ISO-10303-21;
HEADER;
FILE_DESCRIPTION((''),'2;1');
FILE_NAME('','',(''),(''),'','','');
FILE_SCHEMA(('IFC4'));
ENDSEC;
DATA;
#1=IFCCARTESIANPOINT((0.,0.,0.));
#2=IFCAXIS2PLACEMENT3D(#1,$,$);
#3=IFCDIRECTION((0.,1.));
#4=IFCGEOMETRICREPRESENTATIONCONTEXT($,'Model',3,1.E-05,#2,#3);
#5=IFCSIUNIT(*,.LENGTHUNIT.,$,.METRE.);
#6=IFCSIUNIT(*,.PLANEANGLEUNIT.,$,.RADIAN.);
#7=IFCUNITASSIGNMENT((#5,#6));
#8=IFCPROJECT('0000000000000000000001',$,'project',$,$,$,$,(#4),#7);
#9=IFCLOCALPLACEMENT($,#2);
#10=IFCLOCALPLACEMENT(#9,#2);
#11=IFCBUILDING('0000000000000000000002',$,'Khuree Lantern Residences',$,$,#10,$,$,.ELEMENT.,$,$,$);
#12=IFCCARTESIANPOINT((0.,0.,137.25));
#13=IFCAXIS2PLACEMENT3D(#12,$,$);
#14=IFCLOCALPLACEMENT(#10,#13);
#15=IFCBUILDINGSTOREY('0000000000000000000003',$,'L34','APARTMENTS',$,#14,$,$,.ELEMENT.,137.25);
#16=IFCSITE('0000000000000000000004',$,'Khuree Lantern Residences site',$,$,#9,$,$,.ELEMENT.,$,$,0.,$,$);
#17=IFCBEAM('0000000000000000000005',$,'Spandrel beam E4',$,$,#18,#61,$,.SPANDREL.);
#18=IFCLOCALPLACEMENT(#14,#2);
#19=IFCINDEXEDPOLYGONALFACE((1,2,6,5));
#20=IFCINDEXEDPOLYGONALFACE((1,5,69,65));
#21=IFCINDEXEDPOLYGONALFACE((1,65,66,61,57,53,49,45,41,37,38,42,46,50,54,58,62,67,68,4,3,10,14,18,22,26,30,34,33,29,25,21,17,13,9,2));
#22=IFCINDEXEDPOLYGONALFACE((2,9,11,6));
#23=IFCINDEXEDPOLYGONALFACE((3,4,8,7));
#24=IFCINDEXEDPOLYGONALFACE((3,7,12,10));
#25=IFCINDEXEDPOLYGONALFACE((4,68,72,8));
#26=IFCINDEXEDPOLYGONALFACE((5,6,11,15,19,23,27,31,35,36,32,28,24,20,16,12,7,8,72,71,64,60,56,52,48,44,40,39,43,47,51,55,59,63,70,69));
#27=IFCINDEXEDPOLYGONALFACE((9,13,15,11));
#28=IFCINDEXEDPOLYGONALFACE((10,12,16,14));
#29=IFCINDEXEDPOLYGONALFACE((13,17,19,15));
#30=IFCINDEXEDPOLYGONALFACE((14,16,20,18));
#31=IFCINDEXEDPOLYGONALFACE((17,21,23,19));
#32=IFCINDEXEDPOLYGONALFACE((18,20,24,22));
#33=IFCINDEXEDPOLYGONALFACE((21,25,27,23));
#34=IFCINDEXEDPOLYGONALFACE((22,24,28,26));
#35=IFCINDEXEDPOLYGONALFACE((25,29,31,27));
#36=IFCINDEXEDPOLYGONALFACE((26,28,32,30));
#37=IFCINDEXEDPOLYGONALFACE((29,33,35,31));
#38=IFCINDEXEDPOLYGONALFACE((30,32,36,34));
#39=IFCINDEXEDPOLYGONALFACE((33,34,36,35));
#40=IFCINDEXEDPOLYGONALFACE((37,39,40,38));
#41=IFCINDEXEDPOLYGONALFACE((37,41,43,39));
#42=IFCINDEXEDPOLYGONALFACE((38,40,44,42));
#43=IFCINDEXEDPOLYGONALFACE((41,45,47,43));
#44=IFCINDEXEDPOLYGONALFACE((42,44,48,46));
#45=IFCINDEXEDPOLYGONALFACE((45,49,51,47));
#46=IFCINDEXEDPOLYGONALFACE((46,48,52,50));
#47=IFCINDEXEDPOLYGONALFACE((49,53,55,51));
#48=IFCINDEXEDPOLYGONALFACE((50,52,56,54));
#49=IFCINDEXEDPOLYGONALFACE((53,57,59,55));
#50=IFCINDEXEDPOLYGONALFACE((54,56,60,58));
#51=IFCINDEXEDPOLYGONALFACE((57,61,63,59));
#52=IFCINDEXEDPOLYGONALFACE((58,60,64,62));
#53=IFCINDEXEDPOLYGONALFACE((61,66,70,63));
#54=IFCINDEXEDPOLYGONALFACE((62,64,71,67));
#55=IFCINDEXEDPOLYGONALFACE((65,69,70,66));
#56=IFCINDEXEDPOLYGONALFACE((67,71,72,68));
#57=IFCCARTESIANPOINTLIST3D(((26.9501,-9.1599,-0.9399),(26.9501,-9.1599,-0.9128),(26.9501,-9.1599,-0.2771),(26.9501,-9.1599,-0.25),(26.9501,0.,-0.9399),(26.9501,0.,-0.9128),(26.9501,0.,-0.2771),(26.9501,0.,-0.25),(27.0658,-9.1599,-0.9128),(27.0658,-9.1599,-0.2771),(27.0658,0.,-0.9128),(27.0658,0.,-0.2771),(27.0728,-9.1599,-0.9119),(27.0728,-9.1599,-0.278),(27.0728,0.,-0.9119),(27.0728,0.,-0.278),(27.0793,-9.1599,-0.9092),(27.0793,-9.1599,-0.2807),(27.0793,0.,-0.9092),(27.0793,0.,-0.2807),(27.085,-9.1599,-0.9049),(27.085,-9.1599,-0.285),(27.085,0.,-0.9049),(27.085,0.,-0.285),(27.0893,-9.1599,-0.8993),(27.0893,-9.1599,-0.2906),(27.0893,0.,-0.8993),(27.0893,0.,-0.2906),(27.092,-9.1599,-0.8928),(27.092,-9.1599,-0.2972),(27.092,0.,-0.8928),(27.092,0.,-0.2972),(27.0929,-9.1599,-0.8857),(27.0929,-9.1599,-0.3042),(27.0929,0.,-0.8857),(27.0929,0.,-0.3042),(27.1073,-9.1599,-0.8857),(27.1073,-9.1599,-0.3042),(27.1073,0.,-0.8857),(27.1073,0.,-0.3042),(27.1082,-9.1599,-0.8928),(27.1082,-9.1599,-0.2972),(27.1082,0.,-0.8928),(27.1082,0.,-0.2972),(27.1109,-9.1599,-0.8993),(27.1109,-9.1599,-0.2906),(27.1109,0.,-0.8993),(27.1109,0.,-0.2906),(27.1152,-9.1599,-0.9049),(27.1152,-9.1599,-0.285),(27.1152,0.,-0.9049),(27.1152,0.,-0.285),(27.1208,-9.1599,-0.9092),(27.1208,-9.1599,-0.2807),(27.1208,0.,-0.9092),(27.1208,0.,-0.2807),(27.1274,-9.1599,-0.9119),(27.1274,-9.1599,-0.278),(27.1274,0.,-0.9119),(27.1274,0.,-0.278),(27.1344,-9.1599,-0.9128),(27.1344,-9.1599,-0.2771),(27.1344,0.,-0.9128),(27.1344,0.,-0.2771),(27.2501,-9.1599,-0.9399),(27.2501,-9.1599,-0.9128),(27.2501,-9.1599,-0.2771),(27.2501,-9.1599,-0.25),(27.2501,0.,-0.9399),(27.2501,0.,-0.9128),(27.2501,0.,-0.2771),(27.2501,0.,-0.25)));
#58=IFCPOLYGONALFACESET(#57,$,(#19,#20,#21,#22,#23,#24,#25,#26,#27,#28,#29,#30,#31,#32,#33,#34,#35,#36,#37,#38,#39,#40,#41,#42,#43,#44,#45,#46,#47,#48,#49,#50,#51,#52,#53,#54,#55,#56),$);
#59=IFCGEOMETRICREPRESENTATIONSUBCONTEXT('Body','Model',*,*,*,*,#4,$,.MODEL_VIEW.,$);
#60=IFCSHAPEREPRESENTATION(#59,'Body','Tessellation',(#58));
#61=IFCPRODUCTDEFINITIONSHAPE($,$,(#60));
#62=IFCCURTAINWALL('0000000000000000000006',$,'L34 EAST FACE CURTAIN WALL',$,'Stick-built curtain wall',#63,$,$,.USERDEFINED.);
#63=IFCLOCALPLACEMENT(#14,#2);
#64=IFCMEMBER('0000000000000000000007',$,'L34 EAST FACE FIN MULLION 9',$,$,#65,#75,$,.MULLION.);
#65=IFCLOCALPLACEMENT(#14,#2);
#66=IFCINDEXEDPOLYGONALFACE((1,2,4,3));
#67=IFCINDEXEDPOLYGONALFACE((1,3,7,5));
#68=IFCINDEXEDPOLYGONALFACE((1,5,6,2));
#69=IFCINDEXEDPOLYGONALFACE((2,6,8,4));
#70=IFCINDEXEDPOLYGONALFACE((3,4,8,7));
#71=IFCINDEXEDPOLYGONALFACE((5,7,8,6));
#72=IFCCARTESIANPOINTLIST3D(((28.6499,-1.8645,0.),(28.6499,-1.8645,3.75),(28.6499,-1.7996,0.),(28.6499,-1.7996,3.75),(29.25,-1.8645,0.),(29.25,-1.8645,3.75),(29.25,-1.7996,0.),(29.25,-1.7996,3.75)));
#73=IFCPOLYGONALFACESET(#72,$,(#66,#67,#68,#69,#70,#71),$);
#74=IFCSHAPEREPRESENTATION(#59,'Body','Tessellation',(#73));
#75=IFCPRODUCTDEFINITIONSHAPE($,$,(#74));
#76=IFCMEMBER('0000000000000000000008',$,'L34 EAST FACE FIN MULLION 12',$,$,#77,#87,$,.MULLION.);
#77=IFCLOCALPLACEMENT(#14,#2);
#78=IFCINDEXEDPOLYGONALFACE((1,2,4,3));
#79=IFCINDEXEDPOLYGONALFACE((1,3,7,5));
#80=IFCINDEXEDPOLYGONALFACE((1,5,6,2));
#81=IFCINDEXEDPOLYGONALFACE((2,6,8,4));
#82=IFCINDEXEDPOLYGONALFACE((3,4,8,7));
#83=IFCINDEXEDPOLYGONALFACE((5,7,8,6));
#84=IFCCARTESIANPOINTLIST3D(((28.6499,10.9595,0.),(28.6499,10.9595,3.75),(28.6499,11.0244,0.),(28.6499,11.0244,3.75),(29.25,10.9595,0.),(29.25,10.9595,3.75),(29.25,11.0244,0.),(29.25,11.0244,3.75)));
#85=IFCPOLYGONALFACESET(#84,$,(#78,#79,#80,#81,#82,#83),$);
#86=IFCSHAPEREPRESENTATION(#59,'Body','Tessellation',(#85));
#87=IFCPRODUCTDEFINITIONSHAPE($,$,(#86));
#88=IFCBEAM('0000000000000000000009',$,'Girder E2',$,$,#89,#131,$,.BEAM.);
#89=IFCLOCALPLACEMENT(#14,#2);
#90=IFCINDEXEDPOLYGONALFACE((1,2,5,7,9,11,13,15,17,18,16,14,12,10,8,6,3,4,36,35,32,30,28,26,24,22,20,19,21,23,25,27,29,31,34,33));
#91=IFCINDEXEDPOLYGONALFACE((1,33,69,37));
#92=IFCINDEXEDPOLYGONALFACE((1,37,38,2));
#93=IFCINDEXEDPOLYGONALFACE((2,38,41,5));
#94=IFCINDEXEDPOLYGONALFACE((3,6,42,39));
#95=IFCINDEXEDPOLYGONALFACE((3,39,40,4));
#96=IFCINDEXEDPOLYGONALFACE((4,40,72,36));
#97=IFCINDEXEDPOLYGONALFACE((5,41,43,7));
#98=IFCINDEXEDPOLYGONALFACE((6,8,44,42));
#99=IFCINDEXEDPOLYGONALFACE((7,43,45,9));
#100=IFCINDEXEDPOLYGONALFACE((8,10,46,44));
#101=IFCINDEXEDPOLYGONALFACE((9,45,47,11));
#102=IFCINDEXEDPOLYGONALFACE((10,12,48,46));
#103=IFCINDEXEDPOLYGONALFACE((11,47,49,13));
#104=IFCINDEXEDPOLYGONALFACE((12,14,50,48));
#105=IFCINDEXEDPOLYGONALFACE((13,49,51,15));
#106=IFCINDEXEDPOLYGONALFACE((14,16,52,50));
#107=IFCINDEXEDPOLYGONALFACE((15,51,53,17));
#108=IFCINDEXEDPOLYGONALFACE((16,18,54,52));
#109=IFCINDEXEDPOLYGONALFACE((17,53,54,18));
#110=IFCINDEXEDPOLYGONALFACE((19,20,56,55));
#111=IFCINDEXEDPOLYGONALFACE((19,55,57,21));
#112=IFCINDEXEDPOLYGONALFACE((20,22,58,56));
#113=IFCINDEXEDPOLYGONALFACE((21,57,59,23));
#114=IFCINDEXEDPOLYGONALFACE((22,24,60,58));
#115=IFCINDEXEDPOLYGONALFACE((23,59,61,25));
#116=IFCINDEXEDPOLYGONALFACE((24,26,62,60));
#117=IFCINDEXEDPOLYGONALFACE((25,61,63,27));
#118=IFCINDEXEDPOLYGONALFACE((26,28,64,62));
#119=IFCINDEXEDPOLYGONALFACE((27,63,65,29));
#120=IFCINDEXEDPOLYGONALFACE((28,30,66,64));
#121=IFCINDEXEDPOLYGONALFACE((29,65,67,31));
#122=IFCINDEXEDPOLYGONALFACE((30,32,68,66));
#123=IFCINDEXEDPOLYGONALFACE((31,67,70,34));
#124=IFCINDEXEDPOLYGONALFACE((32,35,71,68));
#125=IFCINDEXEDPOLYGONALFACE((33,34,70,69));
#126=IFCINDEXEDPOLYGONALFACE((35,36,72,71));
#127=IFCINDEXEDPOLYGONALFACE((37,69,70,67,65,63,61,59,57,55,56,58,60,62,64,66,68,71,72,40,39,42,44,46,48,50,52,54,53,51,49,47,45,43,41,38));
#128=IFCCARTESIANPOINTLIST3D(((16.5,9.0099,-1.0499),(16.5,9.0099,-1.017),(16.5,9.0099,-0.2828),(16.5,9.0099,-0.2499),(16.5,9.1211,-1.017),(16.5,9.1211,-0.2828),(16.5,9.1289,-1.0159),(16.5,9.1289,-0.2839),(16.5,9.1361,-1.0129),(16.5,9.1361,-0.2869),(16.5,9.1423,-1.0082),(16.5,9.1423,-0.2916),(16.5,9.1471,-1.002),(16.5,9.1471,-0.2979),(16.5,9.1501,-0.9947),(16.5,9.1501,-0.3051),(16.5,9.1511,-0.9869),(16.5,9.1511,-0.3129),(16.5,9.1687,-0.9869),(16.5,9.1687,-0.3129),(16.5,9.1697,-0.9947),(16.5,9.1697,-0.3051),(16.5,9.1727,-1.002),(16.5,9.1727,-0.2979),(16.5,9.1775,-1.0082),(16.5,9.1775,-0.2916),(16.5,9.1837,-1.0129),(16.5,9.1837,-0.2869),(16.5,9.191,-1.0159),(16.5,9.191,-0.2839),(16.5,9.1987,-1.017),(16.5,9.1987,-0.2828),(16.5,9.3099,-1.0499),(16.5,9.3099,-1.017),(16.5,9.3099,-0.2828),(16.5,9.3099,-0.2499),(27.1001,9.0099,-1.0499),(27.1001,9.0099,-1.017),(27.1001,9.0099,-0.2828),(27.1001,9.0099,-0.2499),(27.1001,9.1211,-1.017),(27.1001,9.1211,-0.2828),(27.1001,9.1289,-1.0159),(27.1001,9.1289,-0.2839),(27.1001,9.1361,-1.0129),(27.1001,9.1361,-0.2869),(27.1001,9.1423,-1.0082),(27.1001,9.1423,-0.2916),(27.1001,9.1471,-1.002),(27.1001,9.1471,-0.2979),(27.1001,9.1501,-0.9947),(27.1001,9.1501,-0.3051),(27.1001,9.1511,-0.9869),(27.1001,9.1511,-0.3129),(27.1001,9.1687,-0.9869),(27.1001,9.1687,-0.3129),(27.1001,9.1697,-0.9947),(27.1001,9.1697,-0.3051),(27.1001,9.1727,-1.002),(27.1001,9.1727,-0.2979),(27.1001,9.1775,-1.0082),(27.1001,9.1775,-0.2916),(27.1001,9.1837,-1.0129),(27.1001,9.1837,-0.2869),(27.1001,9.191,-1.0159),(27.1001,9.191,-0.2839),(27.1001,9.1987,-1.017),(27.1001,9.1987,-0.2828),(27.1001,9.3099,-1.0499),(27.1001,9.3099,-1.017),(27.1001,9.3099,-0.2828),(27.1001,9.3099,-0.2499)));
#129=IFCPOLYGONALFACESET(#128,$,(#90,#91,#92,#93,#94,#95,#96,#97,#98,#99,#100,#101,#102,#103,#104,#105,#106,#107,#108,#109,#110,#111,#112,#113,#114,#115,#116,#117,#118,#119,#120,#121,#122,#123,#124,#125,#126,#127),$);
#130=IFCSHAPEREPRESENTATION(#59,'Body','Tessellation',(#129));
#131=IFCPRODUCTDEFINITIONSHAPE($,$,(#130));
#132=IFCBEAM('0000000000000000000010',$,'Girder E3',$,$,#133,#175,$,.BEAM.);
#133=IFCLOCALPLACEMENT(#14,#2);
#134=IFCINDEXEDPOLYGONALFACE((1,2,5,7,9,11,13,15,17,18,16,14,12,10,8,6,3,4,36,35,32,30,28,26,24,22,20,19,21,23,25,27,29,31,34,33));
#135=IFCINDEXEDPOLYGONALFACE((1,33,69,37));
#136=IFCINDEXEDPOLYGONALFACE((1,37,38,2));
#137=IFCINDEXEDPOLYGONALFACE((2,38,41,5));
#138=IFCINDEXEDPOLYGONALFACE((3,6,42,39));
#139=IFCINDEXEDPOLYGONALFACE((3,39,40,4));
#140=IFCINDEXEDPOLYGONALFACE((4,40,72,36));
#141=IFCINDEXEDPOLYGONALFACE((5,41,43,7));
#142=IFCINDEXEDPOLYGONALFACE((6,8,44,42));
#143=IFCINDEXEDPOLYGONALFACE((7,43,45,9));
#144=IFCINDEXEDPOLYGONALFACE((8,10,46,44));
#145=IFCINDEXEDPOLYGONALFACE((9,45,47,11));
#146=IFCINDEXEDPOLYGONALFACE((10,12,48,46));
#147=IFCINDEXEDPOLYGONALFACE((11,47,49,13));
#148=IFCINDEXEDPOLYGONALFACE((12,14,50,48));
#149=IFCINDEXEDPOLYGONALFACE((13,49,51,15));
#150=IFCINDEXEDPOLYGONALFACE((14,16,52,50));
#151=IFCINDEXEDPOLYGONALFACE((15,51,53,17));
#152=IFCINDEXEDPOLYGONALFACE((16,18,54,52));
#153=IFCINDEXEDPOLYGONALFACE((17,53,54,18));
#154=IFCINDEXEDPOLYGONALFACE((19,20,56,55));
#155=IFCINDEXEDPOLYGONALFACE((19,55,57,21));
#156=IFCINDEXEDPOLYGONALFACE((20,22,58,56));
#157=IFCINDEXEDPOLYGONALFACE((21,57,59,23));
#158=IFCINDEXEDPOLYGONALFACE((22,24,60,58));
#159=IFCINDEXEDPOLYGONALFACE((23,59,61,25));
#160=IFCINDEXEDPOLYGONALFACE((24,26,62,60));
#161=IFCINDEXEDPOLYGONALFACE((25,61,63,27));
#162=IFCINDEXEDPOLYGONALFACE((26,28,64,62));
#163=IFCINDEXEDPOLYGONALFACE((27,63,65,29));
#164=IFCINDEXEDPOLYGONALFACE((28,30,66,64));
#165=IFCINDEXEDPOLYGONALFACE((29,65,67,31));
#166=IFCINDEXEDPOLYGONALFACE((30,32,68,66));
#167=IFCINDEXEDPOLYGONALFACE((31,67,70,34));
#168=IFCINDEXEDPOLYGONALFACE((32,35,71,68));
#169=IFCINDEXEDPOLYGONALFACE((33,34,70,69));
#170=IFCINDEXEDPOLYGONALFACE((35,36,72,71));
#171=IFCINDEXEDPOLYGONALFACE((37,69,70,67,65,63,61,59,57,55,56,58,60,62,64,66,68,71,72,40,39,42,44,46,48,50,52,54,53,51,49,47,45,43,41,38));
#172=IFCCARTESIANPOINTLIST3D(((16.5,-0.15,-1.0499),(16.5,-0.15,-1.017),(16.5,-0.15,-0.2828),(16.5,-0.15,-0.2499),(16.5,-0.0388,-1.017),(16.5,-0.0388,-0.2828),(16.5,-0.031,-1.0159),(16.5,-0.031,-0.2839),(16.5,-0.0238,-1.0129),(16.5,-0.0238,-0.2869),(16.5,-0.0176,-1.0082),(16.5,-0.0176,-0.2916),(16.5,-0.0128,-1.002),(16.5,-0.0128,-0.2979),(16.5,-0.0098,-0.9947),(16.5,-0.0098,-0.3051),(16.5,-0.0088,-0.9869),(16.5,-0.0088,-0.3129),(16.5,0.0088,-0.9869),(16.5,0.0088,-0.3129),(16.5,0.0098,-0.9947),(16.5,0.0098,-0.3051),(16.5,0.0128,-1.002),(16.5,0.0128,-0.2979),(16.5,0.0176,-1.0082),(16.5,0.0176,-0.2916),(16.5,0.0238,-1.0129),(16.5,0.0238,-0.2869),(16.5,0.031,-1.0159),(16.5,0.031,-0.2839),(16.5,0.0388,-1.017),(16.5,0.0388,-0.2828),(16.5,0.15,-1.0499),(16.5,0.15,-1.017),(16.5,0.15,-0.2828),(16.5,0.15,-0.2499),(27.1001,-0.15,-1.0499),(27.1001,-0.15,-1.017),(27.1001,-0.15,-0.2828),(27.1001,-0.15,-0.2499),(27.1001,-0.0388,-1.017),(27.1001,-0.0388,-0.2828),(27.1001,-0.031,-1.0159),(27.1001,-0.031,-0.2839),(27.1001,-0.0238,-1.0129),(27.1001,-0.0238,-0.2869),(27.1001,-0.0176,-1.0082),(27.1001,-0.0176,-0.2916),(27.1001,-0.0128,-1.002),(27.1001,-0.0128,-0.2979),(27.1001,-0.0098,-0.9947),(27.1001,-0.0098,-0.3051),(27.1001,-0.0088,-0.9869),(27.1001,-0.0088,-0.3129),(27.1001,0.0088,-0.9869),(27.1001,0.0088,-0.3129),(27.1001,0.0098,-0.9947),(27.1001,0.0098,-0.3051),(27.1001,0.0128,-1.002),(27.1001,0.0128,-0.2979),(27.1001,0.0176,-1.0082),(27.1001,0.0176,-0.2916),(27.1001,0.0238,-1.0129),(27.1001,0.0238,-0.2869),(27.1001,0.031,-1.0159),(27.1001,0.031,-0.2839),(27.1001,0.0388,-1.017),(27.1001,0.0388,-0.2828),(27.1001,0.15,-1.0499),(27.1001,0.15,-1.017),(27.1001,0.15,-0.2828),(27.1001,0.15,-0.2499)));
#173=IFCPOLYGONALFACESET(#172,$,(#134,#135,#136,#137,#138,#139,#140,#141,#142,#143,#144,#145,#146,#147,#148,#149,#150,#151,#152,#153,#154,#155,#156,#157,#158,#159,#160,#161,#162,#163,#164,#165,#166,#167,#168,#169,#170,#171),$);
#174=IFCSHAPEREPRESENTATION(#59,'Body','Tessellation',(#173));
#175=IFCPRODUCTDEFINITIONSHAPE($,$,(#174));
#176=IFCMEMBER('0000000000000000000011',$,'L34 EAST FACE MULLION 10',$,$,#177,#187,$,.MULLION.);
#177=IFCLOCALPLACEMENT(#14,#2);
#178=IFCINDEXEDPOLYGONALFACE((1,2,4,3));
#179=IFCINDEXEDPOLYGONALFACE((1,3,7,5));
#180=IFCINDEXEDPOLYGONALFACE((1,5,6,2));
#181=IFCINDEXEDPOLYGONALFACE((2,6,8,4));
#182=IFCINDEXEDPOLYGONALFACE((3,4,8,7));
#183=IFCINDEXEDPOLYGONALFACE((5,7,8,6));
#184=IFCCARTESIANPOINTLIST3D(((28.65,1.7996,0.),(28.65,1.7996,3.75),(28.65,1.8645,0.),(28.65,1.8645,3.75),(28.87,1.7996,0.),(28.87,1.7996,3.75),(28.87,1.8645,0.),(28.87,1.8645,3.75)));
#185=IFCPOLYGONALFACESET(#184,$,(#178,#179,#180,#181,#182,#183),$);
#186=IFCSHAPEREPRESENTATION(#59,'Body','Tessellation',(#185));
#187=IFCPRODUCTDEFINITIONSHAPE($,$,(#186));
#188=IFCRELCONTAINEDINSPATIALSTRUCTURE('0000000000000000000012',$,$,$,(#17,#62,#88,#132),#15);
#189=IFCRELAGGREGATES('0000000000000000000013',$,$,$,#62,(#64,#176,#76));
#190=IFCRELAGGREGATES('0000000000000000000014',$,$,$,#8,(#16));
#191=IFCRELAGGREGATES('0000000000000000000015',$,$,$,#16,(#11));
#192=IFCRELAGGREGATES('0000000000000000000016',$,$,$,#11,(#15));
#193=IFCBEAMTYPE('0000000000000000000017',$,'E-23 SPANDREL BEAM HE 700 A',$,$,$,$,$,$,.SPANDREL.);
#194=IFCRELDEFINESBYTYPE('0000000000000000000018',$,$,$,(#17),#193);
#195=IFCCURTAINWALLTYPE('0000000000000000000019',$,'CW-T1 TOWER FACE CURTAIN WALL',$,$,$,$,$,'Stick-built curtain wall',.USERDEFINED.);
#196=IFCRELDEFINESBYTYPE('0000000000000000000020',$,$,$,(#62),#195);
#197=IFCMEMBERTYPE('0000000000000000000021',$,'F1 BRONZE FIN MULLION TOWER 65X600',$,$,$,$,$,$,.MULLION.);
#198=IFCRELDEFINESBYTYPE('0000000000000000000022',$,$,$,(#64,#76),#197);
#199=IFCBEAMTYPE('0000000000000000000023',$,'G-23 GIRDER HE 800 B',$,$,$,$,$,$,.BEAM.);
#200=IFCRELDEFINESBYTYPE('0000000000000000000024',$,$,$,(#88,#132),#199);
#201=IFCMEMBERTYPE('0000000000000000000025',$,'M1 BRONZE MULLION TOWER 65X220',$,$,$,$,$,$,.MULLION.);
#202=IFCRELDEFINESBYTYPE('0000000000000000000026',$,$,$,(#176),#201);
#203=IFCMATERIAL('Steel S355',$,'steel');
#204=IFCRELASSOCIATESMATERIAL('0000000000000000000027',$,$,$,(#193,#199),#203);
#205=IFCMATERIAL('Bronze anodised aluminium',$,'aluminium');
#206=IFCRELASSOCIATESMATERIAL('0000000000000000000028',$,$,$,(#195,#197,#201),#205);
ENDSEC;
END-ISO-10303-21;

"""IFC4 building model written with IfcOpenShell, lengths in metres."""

from ifc_helpers import new_model, si_unit, direction, frame, origin, origin_2d, place, context, subcontext, project, spatial, rectangle, i_section, extrude, material, material_profile, profile_set, type_object, element, aggregate, save


model = new_model("IFC4")

# Units and contexts
model_context = context("Model", 3, precision=1e-05, world=origin(), true_north=direction((0.0, 1.0)))
body_context = subcontext(model_context, "Body", "Model", "MODEL_VIEW")
ifc_project = project(units=[si_unit("LENGTHUNIT", "METRE"), si_unit("PLANEANGLEUNIT", "RADIAN")], contexts=[model_context])

# Site, building, storey
site_placement = place(None, origin())
site = spatial("IfcSite", under=ifc_project, at=site_placement, Name="Khuree Lantern Residences site", CompositionType="ELEMENT", RefElevation=0.0)
building_placement = place(site_placement, origin())
building = spatial("IfcBuilding", under=site, at=building_placement, Name="Khuree Lantern Residences", CompositionType="ELEMENT")
storey_placement = place(building_placement, frame((0.0, 0.0, 137.25)))
storey = spatial("IfcBuildingStorey", under=building, at=storey_placement, Name="L34", Description="APARTMENTS", CompositionType="ELEMENT", Elevation=137.25)

# Beam
ifc_material_1 = material(Name="Steel S355", Category="steel")
ifc_material_profile_1 = material_profile(ifc_material_1, i_section(OverallWidth=0.3, OverallDepth=0.6899, WebThickness=0.0144, FlangeThickness=0.0271, FilletRadius=0.0271, at=origin_2d()), Name="HE 700 A")
ifc_profile_set_1 = profile_set([ifc_material_profile_1], Name="Steel S355")
beam_type_1 = type_object("IfcBeamType", Name="E-23 SPANDREL BEAM HE 700 A", PredefinedType="SPANDREL", material=ifc_profile_set_1)
for number, where, z_axis, x_axis, name in (
    (1, (27.1001, 0.0, -0.595), (0.0, -1.0, 0.0), (1.0, 0.0, 0.0), "Spandrel beam E4"),
):
    element("IfcBeam", number, at=place(storey_placement, frame(where, z_axis=z_axis, x_axis=x_axis)), inside=storey, type_object=beam_type_1, Name=name, PredefinedType="SPANDREL", context=body_context, shape_type="SweptSolid", body=[
        extrude(i_section(OverallWidth=0.3, OverallDepth=0.6899, WebThickness=0.0144, FlangeThickness=0.0271, FilletRadius=0.0271, at=origin_2d()), origin(), (0.0, 0.0, 1.0), 9.1599),
    ])

# Curtain wall, members
ifc_material_2 = material(Name="Bronze anodised aluminium", Category="aluminium")
curtain_wall_type = type_object("IfcCurtainWallType", Name="CW-T1 TOWER FACE CURTAIN WALL", ElementType="Stick-built curtain wall", PredefinedType="USERDEFINED", material=ifc_material_2)
curtain_wall_placement = place(storey_placement, origin())
curtain_wall = element("IfcCurtainWall", 2, at=curtain_wall_placement, inside=storey, type_object=curtain_wall_type, Name="L34 EAST FACE CURTAIN WALL", ObjectType="Stick-built curtain wall", PredefinedType="USERDEFINED")
ifc_material_profile_2 = material_profile(ifc_material_2, rectangle(XDim=0.0649, YDim=0.6001, at=origin_2d()), Name="F1 65X600")
ifc_profile_set_2 = profile_set([ifc_material_profile_2], Name="Bronze anodised aluminium")
member_type_1 = type_object("IfcMemberType", Name="F1 BRONZE FIN MULLION TOWER 65X600", PredefinedType="MULLION", material=ifc_profile_set_2)
member_1_placement = place(storey_placement, frame((28.95, -1.832, 0.0), z_axis=(0.0, 0.0, 1.0), x_axis=(0.0, 1.0, 0.0)))
member_1 = element("IfcMember", 3, at=member_1_placement, type_object=member_type_1, Name="L34 EAST FACE FIN MULLION 9", PredefinedType="MULLION", context=body_context, shape_type="SweptSolid", body=[
    extrude(rectangle(XDim=0.0649, YDim=0.6001, at=origin_2d()), origin(), (0.0, 0.0, 1.0), 3.75),
])
member_2_placement = place(storey_placement, frame((28.95, 10.9919, 0.0), z_axis=(0.0, 0.0, 1.0), x_axis=(0.0, 1.0, 0.0)))
member_2 = element("IfcMember", 4, at=member_2_placement, type_object=member_type_1, Name="L34 EAST FACE FIN MULLION 12", PredefinedType="MULLION", context=body_context, shape_type="SweptSolid", body=[
    extrude(rectangle(XDim=0.0649, YDim=0.6001, at=origin_2d()), origin(), (0.0, 0.0, 1.0), 3.75),
])

# Beams
ifc_material_profile_3 = material_profile(ifc_material_1, i_section(OverallWidth=0.3, OverallDepth=0.8, WebThickness=0.0176, FlangeThickness=0.033, FilletRadius=0.03, at=origin_2d()), Name="HE 800 B")
ifc_profile_set_3 = profile_set([ifc_material_profile_3], Name="Steel S355")
beam_type_2 = type_object("IfcBeamType", Name="G-23 GIRDER HE 800 B", PredefinedType="BEAM", material=ifc_profile_set_3)
for number, where, z_axis, x_axis, name in (
    (5, (27.1001, 9.1599, -0.6499), (-1.0, 0.0, 0.0), (0.0, -1.0, 0.0), "Girder E2"),
    (6, (27.1001, 0.0, -0.6499), (-1.0, 0.0, 0.0), (0.0, -1.0, 0.0), "Girder E3"),
):
    element("IfcBeam", number, at=place(storey_placement, frame(where, z_axis=z_axis, x_axis=x_axis)), inside=storey, type_object=beam_type_2, Name=name, PredefinedType="BEAM", context=body_context, shape_type="SweptSolid", body=[
        extrude(i_section(OverallWidth=0.3, OverallDepth=0.8, WebThickness=0.0176, FlangeThickness=0.033, FilletRadius=0.03, at=origin_2d()), origin(), (0.0, 0.0, 1.0), 10.6001),
    ])

# Member
ifc_material_profile_4 = material_profile(ifc_material_2, rectangle(XDim=0.0649, YDim=0.22, at=origin_2d()), Name="M1 65X220")
ifc_profile_set_4 = profile_set([ifc_material_profile_4], Name="Bronze anodised aluminium")
member_type_2 = type_object("IfcMemberType", Name="M1 BRONZE MULLION TOWER 65X220", PredefinedType="MULLION", material=ifc_profile_set_4)
member_3_placement = place(storey_placement, frame((28.76, 1.832, 0.0), z_axis=(0.0, 0.0, 1.0), x_axis=(0.0, 1.0, 0.0)))
member_3 = element("IfcMember", 7, at=member_3_placement, type_object=member_type_2, Name="L34 EAST FACE MULLION 10", PredefinedType="MULLION", context=body_context, shape_type="SweptSolid", body=[
    extrude(rectangle(XDim=0.0649, YDim=0.22, at=origin_2d()), origin(), (0.0, 0.0, 1.0), 3.75),
])

aggregate(curtain_wall, [member_1, member_3, member_2])

save(model, "model.ifc")
